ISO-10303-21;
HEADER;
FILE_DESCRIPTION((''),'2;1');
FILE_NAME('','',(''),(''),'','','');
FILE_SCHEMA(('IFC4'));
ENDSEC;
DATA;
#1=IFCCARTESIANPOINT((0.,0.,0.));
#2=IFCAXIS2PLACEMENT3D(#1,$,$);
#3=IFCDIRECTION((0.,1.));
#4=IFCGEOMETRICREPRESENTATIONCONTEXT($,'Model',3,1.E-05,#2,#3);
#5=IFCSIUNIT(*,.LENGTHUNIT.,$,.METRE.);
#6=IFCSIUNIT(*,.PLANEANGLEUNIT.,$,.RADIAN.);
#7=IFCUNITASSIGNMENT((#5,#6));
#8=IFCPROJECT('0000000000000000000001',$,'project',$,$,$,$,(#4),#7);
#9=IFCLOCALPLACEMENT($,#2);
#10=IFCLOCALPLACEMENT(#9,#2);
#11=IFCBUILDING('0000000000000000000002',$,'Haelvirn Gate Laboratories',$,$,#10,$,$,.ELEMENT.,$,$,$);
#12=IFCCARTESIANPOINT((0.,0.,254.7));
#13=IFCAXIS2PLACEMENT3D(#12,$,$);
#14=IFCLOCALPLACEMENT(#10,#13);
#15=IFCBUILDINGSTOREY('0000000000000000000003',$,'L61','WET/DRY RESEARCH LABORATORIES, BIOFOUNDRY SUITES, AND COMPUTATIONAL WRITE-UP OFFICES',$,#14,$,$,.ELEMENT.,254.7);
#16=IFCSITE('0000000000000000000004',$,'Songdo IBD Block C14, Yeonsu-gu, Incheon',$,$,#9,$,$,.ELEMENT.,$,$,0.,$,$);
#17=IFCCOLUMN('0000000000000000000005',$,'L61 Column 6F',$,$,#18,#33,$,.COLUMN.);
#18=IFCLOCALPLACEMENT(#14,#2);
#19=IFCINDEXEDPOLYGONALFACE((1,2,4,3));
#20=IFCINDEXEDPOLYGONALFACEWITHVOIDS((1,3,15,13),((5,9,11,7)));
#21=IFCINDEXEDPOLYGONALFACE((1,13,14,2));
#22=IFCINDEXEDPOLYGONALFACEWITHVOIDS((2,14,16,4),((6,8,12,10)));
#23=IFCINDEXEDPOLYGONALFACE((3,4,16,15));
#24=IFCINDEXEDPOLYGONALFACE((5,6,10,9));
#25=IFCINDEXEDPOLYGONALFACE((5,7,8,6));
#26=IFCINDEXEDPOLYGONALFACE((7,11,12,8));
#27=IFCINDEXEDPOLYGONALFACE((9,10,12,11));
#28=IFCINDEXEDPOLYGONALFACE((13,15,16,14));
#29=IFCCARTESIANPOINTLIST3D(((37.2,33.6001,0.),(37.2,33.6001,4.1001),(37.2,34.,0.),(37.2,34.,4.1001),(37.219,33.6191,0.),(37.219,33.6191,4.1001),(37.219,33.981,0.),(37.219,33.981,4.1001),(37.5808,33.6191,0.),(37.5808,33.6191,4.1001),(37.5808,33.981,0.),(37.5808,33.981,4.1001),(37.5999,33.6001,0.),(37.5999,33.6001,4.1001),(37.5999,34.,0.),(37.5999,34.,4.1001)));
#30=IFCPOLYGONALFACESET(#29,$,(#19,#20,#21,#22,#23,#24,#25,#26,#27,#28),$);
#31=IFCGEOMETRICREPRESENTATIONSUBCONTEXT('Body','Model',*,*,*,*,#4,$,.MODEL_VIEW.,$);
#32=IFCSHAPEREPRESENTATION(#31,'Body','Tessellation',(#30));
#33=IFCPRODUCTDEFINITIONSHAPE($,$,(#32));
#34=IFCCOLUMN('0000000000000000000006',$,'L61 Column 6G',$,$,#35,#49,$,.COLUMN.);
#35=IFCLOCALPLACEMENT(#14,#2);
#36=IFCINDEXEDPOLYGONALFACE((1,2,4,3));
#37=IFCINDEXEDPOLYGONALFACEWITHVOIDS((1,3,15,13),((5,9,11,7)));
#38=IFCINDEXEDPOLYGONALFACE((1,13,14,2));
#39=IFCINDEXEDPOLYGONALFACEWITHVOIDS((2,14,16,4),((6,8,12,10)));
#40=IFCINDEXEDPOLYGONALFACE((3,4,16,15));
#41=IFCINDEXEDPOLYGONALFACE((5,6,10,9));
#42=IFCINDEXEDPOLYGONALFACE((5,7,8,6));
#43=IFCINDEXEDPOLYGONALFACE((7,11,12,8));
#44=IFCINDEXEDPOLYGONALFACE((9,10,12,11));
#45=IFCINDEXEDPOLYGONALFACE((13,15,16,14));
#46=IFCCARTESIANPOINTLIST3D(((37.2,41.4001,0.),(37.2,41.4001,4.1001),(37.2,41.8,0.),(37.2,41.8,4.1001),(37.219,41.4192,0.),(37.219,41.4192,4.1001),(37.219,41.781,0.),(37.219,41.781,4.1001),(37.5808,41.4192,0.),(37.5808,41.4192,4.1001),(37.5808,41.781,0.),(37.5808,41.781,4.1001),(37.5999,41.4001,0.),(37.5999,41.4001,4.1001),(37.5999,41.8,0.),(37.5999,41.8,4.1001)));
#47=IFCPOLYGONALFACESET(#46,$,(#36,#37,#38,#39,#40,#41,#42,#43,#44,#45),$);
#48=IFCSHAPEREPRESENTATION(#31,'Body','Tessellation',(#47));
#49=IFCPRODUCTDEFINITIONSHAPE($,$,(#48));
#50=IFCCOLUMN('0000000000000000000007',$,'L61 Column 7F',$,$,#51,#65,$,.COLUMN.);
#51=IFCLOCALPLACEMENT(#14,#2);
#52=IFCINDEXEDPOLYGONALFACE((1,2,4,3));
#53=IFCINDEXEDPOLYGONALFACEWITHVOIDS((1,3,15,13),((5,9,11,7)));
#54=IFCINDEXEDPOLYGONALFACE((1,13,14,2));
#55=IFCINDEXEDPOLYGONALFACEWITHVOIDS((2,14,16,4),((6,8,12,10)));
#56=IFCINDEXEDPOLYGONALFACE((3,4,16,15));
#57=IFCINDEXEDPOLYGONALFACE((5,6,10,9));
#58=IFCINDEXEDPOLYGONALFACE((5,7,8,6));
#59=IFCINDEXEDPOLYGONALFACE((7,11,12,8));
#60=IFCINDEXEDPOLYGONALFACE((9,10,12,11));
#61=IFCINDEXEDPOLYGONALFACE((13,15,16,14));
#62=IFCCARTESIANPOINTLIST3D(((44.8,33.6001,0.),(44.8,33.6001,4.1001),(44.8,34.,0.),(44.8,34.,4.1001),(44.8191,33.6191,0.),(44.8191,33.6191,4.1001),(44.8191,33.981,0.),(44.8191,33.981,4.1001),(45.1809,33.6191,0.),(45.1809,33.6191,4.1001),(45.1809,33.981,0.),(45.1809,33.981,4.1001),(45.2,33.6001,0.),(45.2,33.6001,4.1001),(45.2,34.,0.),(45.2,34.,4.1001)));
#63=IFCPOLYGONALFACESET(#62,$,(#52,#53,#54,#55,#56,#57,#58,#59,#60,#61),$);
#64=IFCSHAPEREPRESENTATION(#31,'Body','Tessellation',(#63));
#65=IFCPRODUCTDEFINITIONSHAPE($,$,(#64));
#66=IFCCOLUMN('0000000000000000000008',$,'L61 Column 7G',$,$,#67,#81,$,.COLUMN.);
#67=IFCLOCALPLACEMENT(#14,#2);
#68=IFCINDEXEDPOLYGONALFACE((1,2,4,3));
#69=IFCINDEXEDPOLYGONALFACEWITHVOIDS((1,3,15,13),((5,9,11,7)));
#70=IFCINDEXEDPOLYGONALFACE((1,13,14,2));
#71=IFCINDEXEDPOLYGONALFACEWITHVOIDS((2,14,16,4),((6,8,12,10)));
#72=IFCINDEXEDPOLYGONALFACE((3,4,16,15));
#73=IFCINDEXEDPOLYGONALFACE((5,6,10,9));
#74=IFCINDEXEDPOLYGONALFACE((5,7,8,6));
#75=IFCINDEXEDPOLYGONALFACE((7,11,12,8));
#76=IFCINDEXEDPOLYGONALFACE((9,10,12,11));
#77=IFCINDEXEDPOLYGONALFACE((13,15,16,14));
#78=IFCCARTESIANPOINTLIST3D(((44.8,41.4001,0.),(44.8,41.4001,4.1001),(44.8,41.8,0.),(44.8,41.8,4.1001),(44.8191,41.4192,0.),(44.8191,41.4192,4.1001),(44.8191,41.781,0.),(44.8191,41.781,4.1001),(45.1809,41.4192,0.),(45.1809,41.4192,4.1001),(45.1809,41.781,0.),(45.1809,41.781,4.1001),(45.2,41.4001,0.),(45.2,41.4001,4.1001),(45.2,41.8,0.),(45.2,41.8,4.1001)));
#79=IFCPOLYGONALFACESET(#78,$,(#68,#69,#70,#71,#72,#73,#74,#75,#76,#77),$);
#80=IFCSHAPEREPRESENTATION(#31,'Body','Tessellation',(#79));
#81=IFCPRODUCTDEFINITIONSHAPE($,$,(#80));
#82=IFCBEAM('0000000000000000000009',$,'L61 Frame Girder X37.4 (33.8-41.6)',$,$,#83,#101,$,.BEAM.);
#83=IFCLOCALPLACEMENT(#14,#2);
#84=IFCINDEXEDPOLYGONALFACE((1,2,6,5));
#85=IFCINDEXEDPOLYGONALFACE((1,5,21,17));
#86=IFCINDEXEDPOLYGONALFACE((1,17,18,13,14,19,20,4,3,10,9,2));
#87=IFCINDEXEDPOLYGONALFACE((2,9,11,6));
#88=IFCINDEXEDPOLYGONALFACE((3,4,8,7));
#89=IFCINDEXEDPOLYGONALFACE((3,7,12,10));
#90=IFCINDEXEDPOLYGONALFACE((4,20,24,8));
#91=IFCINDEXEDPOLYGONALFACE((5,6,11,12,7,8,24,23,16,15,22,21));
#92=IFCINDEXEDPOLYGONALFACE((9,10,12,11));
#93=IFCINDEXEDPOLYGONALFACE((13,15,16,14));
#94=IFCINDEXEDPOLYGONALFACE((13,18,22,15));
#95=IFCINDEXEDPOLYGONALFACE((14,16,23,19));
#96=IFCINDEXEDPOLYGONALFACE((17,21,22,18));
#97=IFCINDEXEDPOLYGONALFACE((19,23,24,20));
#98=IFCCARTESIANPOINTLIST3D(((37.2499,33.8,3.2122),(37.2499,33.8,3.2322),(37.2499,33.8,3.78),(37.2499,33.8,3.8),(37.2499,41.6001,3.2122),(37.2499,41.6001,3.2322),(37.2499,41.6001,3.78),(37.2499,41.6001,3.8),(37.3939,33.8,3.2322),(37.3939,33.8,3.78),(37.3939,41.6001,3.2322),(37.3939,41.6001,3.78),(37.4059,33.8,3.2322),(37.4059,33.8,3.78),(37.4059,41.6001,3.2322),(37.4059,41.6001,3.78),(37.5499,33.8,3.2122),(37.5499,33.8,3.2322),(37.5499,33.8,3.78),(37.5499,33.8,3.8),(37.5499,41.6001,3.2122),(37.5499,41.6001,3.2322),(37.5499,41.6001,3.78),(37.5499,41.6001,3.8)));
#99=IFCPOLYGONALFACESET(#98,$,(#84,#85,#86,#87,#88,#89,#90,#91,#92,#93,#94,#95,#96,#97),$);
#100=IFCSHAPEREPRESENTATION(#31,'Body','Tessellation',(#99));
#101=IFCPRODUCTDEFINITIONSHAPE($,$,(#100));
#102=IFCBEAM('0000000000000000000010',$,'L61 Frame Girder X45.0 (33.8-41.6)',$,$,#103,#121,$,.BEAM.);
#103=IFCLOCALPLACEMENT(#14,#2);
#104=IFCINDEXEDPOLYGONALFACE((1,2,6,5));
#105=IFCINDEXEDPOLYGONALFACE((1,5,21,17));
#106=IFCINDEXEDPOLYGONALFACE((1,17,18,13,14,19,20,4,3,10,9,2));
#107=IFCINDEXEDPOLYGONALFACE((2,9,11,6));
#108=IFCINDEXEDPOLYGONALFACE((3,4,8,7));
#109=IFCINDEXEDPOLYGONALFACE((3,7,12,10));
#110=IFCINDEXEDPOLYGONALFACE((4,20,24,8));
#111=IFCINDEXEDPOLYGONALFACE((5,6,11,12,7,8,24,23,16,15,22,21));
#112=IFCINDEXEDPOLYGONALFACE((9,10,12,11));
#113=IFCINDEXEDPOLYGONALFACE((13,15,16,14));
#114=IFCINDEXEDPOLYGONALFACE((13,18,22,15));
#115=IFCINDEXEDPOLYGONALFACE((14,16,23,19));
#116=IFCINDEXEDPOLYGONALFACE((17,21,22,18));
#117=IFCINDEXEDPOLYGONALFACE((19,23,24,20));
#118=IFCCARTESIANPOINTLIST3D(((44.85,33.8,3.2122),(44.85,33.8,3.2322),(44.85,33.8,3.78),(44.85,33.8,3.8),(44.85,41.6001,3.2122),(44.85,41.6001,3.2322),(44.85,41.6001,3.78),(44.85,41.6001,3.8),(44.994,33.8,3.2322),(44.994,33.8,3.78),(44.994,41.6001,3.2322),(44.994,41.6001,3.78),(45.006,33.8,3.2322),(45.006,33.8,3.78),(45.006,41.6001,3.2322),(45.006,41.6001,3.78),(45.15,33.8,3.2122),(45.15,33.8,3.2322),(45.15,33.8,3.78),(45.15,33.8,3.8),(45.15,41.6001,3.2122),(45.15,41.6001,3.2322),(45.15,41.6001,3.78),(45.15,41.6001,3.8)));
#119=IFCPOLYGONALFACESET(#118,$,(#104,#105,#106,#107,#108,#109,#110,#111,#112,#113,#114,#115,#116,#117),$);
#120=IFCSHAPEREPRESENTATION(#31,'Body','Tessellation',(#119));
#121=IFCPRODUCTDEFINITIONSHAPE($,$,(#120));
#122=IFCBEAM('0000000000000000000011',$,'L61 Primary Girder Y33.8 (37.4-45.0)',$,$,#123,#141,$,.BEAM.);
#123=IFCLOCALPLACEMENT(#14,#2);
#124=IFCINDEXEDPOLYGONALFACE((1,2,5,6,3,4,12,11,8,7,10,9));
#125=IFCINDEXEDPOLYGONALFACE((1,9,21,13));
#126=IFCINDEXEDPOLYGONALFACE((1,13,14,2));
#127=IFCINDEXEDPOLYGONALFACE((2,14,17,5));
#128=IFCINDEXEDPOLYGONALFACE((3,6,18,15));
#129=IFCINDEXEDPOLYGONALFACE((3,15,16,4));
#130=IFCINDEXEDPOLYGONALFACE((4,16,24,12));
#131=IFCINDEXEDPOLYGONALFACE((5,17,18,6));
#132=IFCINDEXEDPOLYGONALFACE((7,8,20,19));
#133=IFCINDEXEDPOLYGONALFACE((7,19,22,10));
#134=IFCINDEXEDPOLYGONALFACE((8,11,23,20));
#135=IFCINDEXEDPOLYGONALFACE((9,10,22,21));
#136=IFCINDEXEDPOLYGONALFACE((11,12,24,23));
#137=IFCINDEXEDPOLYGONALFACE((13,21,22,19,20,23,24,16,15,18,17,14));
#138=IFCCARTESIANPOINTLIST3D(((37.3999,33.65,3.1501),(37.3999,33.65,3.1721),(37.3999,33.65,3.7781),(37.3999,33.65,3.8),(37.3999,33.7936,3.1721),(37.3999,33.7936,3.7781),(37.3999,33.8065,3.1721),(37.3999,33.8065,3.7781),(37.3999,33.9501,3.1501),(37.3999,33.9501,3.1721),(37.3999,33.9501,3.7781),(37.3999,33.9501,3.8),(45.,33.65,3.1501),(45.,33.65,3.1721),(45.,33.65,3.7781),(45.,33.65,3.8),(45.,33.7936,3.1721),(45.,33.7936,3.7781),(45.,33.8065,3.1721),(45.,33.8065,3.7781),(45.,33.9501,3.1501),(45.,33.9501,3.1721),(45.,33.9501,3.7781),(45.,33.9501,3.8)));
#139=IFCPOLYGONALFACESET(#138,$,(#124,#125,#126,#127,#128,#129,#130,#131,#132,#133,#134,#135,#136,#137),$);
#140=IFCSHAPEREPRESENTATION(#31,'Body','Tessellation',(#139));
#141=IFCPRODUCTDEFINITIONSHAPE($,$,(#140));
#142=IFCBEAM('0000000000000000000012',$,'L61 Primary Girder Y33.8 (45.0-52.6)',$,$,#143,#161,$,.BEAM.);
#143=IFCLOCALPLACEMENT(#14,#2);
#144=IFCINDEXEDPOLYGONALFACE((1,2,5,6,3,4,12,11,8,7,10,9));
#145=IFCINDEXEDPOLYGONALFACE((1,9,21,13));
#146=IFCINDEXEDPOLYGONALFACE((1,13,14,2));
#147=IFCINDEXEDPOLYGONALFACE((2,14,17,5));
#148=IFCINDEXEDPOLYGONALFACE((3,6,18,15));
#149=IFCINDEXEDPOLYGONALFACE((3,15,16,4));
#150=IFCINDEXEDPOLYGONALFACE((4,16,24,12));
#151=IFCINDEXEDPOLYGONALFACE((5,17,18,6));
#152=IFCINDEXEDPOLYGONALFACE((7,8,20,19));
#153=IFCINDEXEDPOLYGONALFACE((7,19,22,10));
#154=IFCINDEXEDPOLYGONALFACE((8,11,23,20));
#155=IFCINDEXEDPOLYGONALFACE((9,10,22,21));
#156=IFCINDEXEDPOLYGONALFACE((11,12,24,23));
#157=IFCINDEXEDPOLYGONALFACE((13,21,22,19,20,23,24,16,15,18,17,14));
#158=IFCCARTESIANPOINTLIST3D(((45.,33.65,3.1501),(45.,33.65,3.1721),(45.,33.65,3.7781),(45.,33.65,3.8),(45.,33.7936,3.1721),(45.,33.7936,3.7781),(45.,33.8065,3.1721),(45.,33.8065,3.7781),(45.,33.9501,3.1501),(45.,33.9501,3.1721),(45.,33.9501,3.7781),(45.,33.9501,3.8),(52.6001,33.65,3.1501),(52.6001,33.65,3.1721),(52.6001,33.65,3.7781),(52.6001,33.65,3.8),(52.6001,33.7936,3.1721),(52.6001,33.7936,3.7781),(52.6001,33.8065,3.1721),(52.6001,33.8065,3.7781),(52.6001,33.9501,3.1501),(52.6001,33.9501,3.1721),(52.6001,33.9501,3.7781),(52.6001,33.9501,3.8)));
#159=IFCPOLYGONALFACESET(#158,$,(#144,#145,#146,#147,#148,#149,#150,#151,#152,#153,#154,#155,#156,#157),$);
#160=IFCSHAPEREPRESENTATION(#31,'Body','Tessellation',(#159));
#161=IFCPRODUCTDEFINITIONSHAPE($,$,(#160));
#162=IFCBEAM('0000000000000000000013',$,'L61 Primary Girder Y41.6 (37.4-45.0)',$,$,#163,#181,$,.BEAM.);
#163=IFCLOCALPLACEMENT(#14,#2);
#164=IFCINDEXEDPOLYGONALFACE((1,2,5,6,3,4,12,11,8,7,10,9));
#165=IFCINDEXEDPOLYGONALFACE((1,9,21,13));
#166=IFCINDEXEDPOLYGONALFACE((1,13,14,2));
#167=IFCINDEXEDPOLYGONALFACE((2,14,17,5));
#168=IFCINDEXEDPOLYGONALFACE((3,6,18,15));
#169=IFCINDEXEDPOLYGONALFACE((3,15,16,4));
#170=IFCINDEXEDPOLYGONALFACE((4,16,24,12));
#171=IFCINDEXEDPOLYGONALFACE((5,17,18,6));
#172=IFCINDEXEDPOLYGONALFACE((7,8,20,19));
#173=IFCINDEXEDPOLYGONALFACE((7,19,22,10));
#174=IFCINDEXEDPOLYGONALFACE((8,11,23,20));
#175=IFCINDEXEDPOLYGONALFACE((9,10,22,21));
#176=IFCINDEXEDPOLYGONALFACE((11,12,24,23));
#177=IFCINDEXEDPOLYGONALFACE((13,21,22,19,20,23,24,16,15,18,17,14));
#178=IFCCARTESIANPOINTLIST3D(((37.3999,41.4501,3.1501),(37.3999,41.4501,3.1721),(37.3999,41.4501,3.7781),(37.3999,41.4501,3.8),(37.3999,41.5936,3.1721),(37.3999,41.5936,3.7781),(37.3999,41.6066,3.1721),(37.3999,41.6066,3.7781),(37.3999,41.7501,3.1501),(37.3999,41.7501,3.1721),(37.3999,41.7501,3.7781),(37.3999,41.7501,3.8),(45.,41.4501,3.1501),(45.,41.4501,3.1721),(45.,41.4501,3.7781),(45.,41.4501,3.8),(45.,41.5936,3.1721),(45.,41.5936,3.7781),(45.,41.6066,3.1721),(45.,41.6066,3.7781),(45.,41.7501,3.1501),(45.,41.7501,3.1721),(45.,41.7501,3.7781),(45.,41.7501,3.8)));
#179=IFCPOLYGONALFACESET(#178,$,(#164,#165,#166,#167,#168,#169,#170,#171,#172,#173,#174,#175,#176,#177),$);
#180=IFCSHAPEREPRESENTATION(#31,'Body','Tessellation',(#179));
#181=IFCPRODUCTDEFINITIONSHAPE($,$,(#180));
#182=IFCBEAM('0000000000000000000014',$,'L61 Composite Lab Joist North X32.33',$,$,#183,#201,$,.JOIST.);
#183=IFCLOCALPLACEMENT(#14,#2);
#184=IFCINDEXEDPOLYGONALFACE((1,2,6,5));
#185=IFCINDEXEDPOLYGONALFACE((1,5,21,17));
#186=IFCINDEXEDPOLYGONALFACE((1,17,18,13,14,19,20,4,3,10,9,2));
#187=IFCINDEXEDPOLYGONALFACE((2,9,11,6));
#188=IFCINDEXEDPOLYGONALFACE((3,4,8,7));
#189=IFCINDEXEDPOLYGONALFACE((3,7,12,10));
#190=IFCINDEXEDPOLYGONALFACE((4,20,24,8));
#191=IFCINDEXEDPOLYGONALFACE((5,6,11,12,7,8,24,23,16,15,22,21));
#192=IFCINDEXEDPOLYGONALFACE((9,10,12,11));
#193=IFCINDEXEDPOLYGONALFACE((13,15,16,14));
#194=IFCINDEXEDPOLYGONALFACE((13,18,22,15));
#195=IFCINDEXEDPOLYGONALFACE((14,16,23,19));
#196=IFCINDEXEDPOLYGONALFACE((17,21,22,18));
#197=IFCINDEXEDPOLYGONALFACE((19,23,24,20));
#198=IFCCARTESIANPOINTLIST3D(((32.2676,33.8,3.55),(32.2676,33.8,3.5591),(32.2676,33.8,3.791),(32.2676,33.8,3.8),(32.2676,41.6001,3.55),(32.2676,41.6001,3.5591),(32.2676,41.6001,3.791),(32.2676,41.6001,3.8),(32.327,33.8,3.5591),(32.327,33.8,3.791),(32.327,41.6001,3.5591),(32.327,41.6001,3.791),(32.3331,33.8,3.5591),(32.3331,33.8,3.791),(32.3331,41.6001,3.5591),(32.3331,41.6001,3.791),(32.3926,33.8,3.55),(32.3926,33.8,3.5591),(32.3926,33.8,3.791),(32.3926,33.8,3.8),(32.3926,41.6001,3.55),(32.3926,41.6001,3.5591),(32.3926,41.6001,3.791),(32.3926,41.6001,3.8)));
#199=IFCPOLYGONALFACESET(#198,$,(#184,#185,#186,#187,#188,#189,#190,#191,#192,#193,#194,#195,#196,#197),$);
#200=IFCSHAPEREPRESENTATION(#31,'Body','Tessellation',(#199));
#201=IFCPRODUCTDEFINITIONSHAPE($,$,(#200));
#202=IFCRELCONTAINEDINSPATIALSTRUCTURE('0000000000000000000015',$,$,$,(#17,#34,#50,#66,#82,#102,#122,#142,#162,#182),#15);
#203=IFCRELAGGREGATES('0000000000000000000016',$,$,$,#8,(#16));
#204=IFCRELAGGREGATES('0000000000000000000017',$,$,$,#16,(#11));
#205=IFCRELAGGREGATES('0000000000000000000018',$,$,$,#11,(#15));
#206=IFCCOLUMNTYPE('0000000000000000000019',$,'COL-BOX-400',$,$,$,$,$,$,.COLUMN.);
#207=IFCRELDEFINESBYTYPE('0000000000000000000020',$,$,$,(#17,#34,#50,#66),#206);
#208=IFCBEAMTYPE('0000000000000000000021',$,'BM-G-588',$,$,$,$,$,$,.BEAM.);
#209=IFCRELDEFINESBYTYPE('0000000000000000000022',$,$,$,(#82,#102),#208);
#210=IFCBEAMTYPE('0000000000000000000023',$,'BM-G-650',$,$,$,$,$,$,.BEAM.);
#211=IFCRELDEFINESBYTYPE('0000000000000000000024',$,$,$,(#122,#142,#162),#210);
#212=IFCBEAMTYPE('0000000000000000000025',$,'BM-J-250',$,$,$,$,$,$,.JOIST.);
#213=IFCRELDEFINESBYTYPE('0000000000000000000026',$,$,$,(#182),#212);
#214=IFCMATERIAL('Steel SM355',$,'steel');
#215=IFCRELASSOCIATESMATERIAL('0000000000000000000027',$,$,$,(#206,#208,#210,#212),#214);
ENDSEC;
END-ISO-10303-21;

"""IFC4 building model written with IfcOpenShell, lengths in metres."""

from ifc_helpers import new_model, si_unit, direction, frame, origin, origin_2d, place, context, subcontext, project, spatial, hollow_rectangle, i_section, extrude, source, transform, mapped, material, material_profile, profile_set, type_object, type_shapes, element, save


model = new_model("IFC4")

# Units and contexts
model_context = context("Model", 3, precision=1e-05, world=origin(), true_north=direction((0.0, 1.0)))
body_context = subcontext(model_context, "Body", "Model", "MODEL_VIEW")
ifc_project = project(units=[si_unit("LENGTHUNIT", "METRE"), si_unit("PLANEANGLEUNIT", "RADIAN")], contexts=[model_context])

# Site, building, storey
site_placement = place(None, origin())
site = spatial("IfcSite", under=ifc_project, at=site_placement, Name="Songdo IBD Block C14, Yeonsu-gu, Incheon", CompositionType="ELEMENT", RefElevation=0.0)
building_placement = place(site_placement, origin())
building = spatial("IfcBuilding", under=site, at=building_placement, Name="Haelvirn Gate Laboratories", CompositionType="ELEMENT")
storey_placement = place(building_placement, frame((0.0, 0.0, 254.7)))
storey = spatial("IfcBuildingStorey", under=building, at=storey_placement, Name="L61", Description="WET/DRY RESEARCH LABORATORIES, BIOFOUNDRY SUITES, AND COMPUTATIONAL WRITE-UP OFFICES", CompositionType="ELEMENT", Elevation=254.7)

# Columns
ifc_material_1 = material(Name="Steel SM355", Category="steel")
ifc_material_profile_1 = material_profile(ifc_material_1, hollow_rectangle(XDim=0.3999, YDim=0.3999, WallThickness=0.019, at=origin_2d()), Name="BOX-400x400x19")
ifc_profile_set_1 = profile_set([ifc_material_profile_1], Name="Steel SM355")
column_type = type_object("IfcColumnType", Name="COL-BOX-400", PredefinedType="COLUMN", material=ifc_profile_set_1)
shared_shape_1 = source(origin(), body_context, "Body", "SweptSolid", [
    extrude(hollow_rectangle(XDim=0.3999, YDim=0.3999, WallThickness=0.019, at=origin_2d()), origin(), (0.0, 0.0, 1.0), 4.1001),
])
type_shapes(column_type, [shared_shape_1])
for number, where, z_axis, x_axis, name in (
    (1, (37.3999, 33.8, 0.0), (0.0, 0.0, 1.0), (1.0, 0.0, 0.0), "L61 Column 6F"),
    (2, (37.3999, 41.6001, 0.0), (0.0, 0.0, 1.0), (1.0, 0.0, 0.0), "L61 Column 6G"),
    (3, (45.0, 33.8, 0.0), (0.0, 0.0, 1.0), (1.0, 0.0, 0.0), "L61 Column 7F"),
    (4, (45.0, 41.6001, 0.0), (0.0, 0.0, 1.0), (1.0, 0.0, 0.0), "L61 Column 7G"),
):
    element("IfcColumn", number, at=place(storey_placement, frame(where, z_axis=z_axis, x_axis=x_axis)), inside=storey, type_object=column_type, Name=name, PredefinedType="COLUMN", context=body_context, shape_type="MappedRepresentation", body=[
        mapped(shared_shape_1, transform((0.0, 0.0, 0.0), scale=1.0)),
    ])

# Beams
ifc_material_profile_2 = material_profile(ifc_material_1, i_section(OverallWidth=0.3, OverallDepth=0.5879, WebThickness=0.012, FlangeThickness=0.02, at=origin_2d()), Name="H-588x300x12x20")
ifc_profile_set_2 = profile_set([ifc_material_profile_2], Name="Steel SM355")
beam_type_1 = type_object("IfcBeamType", Name="BM-G-588", PredefinedType="BEAM", material=ifc_profile_set_2)
shared_shape_2 = source(origin(), body_context, "Body", "SweptSolid", [
    extrude(i_section(OverallWidth=0.3, OverallDepth=0.5879, WebThickness=0.012, FlangeThickness=0.02, at=origin_2d()), origin(), (0.0, 0.0, 1.0), 7.8),
])
type_shapes(beam_type_1, [shared_shape_2])
for number, where, z_axis, x_axis, name in (
    (5, (37.3999, 33.8, 3.5061), (0.0, 1.0, 0.0), (-1.0, 0.0, 0.0), "L61 Frame Girder X37.4 (33.8-41.6)"),
    (6, (45.0, 33.8, 3.5061), (0.0, 1.0, 0.0), (-1.0, 0.0, 0.0), "L61 Frame Girder X45.0 (33.8-41.6)"),
):
    element("IfcBeam", number, at=place(storey_placement, frame(where, z_axis=z_axis, x_axis=x_axis)), inside=storey, type_object=beam_type_1, Name=name, PredefinedType="BEAM", context=body_context, shape_type="MappedRepresentation", body=[
        mapped(shared_shape_2, transform((0.0, 0.0, 0.0), scale=1.0)),
    ])
ifc_material_profile_3 = material_profile(ifc_material_1, i_section(OverallWidth=0.3, OverallDepth=0.6499, WebThickness=0.0129, FlangeThickness=0.022, at=origin_2d()), Name="H-650x300x13x22")
ifc_profile_set_3 = profile_set([ifc_material_profile_3], Name="Steel SM355")
beam_type_2 = type_object("IfcBeamType", Name="BM-G-650", PredefinedType="BEAM", material=ifc_profile_set_3)
shared_shape_3 = source(origin(), body_context, "Body", "SweptSolid", [
    extrude(i_section(OverallWidth=0.3, OverallDepth=0.6499, WebThickness=0.0129, FlangeThickness=0.022, at=origin_2d()), origin(), (0.0, 0.0, 1.0), 7.6001),
])
type_shapes(beam_type_2, [shared_shape_3])
for number, where, z_axis, x_axis, name in (
    (7, (37.3999, 33.8, 3.4751), (1.0, 0.0, 0.0), (0.0, 1.0, 0.0), "L61 Primary Girder Y33.8 (37.4-45.0)"),
    (8, (45.0, 33.8, 3.4751), (1.0, 0.0, 0.0), (0.0, 1.0, 0.0), "L61 Primary Girder Y33.8 (45.0-52.6)"),
    (9, (37.3999, 41.6001, 3.4751), (1.0, 0.0, 0.0), (0.0, 1.0, 0.0), "L61 Primary Girder Y41.6 (37.4-45.0)"),
):
    element("IfcBeam", number, at=place(storey_placement, frame(where, z_axis=z_axis, x_axis=x_axis)), inside=storey, type_object=beam_type_2, Name=name, PredefinedType="BEAM", context=body_context, shape_type="MappedRepresentation", body=[
        mapped(shared_shape_3, transform((0.0, 0.0, 0.0), scale=1.0)),
    ])
ifc_material_profile_4 = material_profile(ifc_material_1, i_section(OverallWidth=0.125, OverallDepth=0.25, WebThickness=0.0061, FlangeThickness=0.009, at=origin_2d()), Name="H-250x125x6x9")
ifc_profile_set_4 = profile_set([ifc_material_profile_4], Name="Steel SM355")
beam_type_3 = type_object("IfcBeamType", Name="BM-J-250", PredefinedType="JOIST", material=ifc_profile_set_4)
shared_shape_4 = source(origin(), body_context, "Body", "SweptSolid", [
    extrude(i_section(OverallWidth=0.125, OverallDepth=0.25, WebThickness=0.0061, FlangeThickness=0.009, at=origin_2d()), origin(), (0.0, 0.0, 1.0), 7.8),
])
type_shapes(beam_type_3, [shared_shape_4])
for number, where, z_axis, x_axis, name in (
    (10, (32.3301, 33.8, 3.675), (0.0, 1.0, 0.0), (-1.0, 0.0, 0.0), "L61 Composite Lab Joist North X32.33"),
):
    element("IfcBeam", number, at=place(storey_placement, frame(where, z_axis=z_axis, x_axis=x_axis)), inside=storey, type_object=beam_type_3, Name=name, PredefinedType="JOIST", context=body_context, shape_type="MappedRepresentation", body=[
        mapped(shared_shape_4, transform((0.0, 0.0, 0.0), scale=1.0)),
    ])

save(model, "model.ifc")
